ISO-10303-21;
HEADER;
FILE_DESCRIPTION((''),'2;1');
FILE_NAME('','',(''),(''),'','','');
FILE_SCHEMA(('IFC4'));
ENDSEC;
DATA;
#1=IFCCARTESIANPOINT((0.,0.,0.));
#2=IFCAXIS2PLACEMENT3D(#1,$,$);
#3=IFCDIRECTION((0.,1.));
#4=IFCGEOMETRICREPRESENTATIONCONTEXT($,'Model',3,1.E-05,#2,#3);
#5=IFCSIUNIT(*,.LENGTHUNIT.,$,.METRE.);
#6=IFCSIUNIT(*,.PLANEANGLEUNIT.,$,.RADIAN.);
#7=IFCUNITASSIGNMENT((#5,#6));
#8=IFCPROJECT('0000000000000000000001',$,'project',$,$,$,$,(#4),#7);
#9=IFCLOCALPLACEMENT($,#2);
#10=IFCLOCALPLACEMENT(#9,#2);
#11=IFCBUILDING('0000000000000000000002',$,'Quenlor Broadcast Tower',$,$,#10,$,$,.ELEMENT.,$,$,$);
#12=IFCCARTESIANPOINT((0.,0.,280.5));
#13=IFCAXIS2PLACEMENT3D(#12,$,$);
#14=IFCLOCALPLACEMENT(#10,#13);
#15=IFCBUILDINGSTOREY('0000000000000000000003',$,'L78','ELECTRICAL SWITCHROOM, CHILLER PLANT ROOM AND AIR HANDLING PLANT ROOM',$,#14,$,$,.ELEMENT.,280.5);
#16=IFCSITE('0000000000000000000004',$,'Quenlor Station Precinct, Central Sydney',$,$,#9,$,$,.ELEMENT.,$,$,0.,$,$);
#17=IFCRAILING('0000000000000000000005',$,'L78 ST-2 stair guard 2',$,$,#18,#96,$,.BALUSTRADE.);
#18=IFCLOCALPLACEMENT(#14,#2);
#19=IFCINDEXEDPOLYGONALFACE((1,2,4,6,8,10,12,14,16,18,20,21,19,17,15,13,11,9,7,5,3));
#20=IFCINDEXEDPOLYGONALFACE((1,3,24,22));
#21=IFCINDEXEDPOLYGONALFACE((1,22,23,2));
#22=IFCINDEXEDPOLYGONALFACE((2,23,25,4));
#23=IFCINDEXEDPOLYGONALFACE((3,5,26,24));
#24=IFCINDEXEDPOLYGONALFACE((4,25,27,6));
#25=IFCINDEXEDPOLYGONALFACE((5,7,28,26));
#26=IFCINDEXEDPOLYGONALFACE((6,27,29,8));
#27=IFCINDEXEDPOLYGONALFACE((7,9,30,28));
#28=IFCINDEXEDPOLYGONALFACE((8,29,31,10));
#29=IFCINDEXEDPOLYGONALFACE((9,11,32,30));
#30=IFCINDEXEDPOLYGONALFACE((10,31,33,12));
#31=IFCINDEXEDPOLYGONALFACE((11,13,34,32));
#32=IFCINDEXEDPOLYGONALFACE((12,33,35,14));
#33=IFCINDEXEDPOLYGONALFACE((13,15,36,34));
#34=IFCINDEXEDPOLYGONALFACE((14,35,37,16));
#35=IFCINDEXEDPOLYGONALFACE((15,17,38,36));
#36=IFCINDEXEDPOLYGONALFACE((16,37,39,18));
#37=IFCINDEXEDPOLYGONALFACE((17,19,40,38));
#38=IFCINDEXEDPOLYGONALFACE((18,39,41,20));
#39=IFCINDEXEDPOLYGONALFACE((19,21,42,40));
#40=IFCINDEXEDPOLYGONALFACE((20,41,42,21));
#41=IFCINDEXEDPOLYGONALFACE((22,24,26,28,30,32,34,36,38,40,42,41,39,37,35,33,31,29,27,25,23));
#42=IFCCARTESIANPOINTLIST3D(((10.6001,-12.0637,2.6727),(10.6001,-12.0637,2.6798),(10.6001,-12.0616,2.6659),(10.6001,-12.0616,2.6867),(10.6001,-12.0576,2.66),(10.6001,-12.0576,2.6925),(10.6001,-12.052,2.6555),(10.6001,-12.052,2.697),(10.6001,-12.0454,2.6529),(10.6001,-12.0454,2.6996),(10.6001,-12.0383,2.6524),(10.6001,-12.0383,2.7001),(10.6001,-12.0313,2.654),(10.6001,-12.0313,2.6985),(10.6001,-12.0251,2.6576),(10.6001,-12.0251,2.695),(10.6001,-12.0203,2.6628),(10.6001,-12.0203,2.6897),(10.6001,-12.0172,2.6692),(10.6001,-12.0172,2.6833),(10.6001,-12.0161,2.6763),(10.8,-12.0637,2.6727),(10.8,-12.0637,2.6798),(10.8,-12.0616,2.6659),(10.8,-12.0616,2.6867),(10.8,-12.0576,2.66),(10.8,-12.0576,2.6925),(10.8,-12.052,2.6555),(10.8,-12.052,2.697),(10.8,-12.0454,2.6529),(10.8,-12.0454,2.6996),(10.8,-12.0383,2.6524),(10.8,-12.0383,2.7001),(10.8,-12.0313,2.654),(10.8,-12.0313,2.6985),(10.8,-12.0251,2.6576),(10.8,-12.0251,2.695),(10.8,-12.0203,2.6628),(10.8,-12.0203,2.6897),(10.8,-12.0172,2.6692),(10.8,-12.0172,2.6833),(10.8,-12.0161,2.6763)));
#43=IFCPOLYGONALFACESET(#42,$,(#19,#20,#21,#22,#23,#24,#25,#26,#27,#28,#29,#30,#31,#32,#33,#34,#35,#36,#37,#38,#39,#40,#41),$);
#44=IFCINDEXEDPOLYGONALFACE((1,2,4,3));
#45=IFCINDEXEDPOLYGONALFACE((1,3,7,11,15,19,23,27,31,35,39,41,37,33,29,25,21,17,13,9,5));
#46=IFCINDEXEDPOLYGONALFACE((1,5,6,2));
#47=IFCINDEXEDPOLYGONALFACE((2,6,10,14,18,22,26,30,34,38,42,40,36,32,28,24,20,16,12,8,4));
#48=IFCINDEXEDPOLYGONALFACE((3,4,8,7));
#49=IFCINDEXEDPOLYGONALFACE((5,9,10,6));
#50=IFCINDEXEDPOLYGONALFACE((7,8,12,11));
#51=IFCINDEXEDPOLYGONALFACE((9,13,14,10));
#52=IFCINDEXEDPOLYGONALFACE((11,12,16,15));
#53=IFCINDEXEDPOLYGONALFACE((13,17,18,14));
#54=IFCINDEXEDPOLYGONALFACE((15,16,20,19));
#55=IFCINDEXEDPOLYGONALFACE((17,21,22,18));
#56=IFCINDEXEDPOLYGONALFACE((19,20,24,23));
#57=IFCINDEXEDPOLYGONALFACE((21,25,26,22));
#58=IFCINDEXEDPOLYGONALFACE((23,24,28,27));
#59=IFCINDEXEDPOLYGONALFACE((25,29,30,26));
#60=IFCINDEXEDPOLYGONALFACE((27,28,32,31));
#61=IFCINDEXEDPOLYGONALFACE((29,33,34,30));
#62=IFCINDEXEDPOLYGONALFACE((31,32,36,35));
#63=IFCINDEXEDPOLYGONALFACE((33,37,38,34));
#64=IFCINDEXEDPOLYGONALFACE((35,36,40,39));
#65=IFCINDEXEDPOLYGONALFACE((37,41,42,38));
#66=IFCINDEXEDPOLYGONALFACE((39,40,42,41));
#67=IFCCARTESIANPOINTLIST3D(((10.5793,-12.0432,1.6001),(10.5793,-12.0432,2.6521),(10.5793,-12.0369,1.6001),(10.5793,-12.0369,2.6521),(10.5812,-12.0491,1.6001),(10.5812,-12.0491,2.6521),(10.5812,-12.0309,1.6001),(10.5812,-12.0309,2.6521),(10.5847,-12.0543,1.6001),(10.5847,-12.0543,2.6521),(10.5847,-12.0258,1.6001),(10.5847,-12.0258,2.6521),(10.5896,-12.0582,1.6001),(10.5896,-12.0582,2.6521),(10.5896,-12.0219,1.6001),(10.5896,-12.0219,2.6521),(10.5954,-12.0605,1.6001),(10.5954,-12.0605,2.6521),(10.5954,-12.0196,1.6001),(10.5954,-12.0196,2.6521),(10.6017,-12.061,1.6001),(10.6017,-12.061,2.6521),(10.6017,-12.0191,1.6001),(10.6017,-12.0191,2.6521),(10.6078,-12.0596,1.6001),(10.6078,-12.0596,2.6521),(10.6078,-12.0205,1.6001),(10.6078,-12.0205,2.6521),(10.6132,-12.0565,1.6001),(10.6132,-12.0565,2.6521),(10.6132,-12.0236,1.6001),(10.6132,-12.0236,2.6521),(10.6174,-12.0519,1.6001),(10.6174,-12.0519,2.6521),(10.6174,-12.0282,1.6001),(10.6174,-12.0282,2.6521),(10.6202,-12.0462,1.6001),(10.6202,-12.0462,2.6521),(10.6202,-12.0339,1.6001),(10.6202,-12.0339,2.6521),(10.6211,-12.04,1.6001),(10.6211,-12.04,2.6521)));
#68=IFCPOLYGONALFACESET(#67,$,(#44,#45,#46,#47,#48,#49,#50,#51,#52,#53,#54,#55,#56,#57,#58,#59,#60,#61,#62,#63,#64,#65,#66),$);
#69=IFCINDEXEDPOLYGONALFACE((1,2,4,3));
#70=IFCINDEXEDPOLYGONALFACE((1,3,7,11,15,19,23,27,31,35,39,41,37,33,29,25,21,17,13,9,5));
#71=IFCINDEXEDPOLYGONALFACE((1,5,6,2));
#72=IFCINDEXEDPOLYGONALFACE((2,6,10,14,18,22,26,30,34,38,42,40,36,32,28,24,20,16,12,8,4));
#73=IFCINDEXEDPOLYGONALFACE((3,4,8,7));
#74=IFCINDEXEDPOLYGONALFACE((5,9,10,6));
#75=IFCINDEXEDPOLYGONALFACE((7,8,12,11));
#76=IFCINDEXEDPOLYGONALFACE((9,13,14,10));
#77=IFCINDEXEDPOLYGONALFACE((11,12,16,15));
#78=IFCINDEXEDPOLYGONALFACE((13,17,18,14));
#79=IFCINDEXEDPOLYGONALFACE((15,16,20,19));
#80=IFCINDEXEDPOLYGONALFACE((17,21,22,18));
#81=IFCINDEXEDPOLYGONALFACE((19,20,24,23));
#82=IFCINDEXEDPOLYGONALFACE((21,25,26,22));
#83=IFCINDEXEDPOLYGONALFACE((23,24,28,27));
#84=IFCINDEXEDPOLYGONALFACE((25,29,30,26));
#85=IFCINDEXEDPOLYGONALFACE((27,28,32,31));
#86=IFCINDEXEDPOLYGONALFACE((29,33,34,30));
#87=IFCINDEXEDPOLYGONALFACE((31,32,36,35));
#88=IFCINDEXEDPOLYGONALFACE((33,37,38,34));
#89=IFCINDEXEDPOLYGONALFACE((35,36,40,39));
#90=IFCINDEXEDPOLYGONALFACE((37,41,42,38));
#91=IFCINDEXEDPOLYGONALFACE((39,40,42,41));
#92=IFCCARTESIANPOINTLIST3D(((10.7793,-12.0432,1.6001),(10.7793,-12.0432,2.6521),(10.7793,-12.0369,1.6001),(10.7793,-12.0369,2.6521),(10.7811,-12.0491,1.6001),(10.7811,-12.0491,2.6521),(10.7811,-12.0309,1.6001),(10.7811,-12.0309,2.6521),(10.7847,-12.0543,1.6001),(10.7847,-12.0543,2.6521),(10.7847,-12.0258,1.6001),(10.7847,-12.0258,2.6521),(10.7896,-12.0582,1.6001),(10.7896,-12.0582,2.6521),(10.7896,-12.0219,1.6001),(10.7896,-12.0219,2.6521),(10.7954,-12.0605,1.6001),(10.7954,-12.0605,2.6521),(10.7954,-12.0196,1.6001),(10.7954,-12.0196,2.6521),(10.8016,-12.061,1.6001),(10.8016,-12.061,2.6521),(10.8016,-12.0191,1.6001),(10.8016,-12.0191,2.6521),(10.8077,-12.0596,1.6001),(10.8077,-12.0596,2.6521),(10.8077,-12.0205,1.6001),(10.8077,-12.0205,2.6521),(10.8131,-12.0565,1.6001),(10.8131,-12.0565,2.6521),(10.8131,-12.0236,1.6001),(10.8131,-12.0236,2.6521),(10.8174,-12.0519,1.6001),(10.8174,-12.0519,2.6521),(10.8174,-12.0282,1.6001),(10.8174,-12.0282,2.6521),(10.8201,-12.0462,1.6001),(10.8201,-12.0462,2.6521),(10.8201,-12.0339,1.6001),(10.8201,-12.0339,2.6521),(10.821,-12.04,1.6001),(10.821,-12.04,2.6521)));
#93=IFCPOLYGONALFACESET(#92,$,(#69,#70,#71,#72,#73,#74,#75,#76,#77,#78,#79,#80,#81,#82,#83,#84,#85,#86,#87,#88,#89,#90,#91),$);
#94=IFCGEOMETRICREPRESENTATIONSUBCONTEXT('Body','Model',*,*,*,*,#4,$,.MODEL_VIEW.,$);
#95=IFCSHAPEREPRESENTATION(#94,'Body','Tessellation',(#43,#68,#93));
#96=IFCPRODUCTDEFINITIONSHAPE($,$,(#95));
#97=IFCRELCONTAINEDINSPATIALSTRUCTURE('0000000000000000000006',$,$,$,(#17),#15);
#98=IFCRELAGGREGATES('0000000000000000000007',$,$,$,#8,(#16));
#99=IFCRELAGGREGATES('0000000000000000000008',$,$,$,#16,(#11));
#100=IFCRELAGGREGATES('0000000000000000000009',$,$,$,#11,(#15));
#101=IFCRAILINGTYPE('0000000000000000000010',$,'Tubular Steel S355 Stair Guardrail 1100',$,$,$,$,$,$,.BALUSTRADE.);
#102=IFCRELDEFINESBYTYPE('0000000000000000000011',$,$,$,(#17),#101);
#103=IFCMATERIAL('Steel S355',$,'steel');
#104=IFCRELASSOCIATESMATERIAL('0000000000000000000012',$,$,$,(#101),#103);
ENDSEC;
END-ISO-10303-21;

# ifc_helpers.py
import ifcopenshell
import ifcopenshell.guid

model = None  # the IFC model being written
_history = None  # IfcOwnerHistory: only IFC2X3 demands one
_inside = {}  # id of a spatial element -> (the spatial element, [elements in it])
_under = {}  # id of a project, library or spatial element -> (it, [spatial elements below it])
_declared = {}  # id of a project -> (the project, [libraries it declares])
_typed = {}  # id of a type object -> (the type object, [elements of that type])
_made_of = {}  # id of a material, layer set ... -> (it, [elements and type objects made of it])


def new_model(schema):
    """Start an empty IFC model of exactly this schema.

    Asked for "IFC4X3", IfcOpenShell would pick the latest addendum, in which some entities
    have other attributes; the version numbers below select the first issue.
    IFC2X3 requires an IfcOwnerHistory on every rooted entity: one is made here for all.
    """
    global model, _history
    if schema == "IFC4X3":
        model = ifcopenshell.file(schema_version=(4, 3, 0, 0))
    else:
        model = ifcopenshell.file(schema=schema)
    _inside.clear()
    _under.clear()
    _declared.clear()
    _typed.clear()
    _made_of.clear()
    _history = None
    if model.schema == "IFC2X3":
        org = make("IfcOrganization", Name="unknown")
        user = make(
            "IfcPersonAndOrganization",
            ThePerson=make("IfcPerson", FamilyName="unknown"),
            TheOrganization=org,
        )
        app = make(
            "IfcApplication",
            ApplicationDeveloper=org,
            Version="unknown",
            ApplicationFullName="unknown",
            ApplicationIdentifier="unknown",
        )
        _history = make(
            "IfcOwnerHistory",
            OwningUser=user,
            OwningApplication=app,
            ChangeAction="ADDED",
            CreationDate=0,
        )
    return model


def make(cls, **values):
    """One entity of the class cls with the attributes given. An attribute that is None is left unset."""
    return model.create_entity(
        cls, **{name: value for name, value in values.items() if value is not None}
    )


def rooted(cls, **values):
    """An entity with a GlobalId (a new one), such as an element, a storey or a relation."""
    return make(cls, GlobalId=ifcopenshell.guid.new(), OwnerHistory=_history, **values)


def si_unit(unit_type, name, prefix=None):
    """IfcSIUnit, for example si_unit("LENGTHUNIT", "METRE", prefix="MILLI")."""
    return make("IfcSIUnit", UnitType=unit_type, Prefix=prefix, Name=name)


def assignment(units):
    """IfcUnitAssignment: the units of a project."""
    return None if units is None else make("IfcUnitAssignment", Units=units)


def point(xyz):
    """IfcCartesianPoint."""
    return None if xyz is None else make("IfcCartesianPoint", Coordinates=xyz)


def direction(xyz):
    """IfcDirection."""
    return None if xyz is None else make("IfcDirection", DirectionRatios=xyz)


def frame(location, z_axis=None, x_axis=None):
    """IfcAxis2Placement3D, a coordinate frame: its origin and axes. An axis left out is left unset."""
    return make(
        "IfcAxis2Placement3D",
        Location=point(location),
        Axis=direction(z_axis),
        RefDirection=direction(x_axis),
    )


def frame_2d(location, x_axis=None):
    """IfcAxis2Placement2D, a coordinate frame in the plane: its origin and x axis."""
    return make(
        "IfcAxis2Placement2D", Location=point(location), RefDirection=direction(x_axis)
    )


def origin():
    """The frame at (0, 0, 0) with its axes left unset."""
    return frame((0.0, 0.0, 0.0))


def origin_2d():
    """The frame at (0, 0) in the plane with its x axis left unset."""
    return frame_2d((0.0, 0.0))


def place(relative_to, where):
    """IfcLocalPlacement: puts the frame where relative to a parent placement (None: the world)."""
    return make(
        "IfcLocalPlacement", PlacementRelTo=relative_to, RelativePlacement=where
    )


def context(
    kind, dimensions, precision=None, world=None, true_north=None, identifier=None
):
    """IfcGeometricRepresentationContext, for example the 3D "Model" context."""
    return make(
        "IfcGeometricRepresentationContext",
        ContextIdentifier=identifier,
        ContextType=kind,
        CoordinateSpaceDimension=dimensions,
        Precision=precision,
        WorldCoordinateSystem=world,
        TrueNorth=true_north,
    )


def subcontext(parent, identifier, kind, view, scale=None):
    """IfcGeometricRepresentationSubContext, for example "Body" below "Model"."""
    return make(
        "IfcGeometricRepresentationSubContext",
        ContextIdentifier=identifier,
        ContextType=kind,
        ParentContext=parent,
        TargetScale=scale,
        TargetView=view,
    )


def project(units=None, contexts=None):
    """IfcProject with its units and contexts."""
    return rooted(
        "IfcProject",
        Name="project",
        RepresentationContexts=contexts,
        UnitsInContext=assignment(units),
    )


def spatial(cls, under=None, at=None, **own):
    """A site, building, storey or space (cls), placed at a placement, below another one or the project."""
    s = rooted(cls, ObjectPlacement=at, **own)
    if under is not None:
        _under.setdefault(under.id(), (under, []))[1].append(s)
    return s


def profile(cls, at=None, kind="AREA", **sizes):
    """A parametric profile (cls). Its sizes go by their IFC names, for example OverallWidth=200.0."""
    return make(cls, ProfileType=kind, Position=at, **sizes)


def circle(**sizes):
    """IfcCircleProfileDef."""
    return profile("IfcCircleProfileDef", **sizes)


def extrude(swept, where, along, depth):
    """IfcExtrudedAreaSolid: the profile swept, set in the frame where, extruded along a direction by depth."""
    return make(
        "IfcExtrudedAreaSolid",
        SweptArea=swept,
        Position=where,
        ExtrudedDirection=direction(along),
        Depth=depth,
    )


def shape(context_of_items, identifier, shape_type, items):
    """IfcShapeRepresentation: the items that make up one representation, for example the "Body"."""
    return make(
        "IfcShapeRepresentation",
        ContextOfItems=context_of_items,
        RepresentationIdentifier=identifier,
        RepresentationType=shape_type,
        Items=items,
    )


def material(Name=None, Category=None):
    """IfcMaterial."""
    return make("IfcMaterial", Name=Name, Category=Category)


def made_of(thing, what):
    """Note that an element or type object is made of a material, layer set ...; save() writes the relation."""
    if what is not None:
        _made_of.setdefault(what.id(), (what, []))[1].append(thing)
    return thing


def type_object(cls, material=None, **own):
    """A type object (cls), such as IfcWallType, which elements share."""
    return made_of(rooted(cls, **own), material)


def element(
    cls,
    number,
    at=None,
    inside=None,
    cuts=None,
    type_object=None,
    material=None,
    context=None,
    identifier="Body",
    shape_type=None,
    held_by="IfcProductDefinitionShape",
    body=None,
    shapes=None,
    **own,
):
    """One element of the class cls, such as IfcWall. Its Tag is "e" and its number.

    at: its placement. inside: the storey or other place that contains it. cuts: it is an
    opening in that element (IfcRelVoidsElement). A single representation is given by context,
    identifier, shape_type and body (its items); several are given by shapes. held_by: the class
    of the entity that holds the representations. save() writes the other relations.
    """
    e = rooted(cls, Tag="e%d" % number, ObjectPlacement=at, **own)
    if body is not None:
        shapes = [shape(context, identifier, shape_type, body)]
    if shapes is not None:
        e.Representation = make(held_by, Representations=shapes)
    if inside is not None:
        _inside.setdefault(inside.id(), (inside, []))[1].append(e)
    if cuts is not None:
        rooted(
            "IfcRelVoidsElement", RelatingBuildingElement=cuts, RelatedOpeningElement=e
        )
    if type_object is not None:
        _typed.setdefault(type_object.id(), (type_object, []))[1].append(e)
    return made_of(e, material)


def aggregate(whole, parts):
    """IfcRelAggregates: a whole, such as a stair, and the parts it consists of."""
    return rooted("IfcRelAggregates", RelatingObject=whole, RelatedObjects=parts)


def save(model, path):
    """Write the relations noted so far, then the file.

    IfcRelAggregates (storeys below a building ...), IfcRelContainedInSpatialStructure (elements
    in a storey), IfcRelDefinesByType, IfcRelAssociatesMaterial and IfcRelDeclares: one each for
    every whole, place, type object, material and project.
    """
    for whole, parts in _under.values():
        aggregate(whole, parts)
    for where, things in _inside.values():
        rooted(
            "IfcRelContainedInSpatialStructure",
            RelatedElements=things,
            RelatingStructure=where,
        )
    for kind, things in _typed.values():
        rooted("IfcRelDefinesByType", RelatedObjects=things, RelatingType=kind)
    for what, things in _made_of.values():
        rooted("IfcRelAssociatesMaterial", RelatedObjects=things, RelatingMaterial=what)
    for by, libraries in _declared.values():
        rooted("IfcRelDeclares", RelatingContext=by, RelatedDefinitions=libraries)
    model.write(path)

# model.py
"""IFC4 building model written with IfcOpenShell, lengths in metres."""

from ifc_helpers import new_model, si_unit, direction, frame, origin, origin_2d, place, context, subcontext, project, spatial, circle, extrude, material, type_object, element, save


model = new_model("IFC4")

# Units and contexts
model_context = context("Model", 3, precision=1e-05, world=origin(), true_north=direction((0.0, 1.0)))
body_context = subcontext(model_context, "Body", "Model", "MODEL_VIEW")
ifc_project = project(units=[si_unit("LENGTHUNIT", "METRE"), si_unit("PLANEANGLEUNIT", "RADIAN")], contexts=[model_context])

# Site, building, storey
site_placement = place(None, origin())
site = spatial("IfcSite", under=ifc_project, at=site_placement, Name="Quenlor Station Precinct, Central Sydney", CompositionType="ELEMENT", RefElevation=0.0)
building_placement = place(site_placement, origin())
building = spatial("IfcBuilding", under=site, at=building_placement, Name="Quenlor Broadcast Tower", CompositionType="ELEMENT")
storey_placement = place(building_placement, frame((0.0, 0.0, 280.5)))
storey = spatial("IfcBuildingStorey", under=building, at=storey_placement, Name="L78", Description="ELECTRICAL SWITCHROOM, CHILLER PLANT ROOM AND AIR HANDLING PLANT ROOM", CompositionType="ELEMENT", Elevation=280.5)

# Railing
ifc_material_1 = material(Name="Steel S355", Category="steel")
railing_type_1 = type_object("IfcRailingType", Name="Tubular Steel S355 Stair Guardrail 1100", PredefinedType="BALUSTRADE", material=ifc_material_1)
railing_1_placement = place(storey_placement, frame((10.6001, -12.04, 1.6001)))
element("IfcRailing", 1, at=railing_1_placement, inside=storey, type_object=railing_type_1, Name="L78 ST-2 stair guard 2", PredefinedType="BALUSTRADE", context=body_context, shape_type="SweptSolid", body=[
    extrude(circle(Radius=0.0239, at=origin_2d()), frame((0.0, 0.0, 1.0762), z_axis=(1.0, 0.0, 0.0), x_axis=(0.0, 1.0, 0.0)), (0.0, 0.0, 1.0), 0.2),
    extrude(circle(Radius=0.021, at=origin_2d()), origin(), (0.0, 0.0, 1.0), 1.052),
    extrude(circle(Radius=0.021, at=origin_2d()), frame((0.2, 0.0, 0.0)), (0.0, 0.0, 1.0), 1.052),
])

save(model, "model.ifc")
